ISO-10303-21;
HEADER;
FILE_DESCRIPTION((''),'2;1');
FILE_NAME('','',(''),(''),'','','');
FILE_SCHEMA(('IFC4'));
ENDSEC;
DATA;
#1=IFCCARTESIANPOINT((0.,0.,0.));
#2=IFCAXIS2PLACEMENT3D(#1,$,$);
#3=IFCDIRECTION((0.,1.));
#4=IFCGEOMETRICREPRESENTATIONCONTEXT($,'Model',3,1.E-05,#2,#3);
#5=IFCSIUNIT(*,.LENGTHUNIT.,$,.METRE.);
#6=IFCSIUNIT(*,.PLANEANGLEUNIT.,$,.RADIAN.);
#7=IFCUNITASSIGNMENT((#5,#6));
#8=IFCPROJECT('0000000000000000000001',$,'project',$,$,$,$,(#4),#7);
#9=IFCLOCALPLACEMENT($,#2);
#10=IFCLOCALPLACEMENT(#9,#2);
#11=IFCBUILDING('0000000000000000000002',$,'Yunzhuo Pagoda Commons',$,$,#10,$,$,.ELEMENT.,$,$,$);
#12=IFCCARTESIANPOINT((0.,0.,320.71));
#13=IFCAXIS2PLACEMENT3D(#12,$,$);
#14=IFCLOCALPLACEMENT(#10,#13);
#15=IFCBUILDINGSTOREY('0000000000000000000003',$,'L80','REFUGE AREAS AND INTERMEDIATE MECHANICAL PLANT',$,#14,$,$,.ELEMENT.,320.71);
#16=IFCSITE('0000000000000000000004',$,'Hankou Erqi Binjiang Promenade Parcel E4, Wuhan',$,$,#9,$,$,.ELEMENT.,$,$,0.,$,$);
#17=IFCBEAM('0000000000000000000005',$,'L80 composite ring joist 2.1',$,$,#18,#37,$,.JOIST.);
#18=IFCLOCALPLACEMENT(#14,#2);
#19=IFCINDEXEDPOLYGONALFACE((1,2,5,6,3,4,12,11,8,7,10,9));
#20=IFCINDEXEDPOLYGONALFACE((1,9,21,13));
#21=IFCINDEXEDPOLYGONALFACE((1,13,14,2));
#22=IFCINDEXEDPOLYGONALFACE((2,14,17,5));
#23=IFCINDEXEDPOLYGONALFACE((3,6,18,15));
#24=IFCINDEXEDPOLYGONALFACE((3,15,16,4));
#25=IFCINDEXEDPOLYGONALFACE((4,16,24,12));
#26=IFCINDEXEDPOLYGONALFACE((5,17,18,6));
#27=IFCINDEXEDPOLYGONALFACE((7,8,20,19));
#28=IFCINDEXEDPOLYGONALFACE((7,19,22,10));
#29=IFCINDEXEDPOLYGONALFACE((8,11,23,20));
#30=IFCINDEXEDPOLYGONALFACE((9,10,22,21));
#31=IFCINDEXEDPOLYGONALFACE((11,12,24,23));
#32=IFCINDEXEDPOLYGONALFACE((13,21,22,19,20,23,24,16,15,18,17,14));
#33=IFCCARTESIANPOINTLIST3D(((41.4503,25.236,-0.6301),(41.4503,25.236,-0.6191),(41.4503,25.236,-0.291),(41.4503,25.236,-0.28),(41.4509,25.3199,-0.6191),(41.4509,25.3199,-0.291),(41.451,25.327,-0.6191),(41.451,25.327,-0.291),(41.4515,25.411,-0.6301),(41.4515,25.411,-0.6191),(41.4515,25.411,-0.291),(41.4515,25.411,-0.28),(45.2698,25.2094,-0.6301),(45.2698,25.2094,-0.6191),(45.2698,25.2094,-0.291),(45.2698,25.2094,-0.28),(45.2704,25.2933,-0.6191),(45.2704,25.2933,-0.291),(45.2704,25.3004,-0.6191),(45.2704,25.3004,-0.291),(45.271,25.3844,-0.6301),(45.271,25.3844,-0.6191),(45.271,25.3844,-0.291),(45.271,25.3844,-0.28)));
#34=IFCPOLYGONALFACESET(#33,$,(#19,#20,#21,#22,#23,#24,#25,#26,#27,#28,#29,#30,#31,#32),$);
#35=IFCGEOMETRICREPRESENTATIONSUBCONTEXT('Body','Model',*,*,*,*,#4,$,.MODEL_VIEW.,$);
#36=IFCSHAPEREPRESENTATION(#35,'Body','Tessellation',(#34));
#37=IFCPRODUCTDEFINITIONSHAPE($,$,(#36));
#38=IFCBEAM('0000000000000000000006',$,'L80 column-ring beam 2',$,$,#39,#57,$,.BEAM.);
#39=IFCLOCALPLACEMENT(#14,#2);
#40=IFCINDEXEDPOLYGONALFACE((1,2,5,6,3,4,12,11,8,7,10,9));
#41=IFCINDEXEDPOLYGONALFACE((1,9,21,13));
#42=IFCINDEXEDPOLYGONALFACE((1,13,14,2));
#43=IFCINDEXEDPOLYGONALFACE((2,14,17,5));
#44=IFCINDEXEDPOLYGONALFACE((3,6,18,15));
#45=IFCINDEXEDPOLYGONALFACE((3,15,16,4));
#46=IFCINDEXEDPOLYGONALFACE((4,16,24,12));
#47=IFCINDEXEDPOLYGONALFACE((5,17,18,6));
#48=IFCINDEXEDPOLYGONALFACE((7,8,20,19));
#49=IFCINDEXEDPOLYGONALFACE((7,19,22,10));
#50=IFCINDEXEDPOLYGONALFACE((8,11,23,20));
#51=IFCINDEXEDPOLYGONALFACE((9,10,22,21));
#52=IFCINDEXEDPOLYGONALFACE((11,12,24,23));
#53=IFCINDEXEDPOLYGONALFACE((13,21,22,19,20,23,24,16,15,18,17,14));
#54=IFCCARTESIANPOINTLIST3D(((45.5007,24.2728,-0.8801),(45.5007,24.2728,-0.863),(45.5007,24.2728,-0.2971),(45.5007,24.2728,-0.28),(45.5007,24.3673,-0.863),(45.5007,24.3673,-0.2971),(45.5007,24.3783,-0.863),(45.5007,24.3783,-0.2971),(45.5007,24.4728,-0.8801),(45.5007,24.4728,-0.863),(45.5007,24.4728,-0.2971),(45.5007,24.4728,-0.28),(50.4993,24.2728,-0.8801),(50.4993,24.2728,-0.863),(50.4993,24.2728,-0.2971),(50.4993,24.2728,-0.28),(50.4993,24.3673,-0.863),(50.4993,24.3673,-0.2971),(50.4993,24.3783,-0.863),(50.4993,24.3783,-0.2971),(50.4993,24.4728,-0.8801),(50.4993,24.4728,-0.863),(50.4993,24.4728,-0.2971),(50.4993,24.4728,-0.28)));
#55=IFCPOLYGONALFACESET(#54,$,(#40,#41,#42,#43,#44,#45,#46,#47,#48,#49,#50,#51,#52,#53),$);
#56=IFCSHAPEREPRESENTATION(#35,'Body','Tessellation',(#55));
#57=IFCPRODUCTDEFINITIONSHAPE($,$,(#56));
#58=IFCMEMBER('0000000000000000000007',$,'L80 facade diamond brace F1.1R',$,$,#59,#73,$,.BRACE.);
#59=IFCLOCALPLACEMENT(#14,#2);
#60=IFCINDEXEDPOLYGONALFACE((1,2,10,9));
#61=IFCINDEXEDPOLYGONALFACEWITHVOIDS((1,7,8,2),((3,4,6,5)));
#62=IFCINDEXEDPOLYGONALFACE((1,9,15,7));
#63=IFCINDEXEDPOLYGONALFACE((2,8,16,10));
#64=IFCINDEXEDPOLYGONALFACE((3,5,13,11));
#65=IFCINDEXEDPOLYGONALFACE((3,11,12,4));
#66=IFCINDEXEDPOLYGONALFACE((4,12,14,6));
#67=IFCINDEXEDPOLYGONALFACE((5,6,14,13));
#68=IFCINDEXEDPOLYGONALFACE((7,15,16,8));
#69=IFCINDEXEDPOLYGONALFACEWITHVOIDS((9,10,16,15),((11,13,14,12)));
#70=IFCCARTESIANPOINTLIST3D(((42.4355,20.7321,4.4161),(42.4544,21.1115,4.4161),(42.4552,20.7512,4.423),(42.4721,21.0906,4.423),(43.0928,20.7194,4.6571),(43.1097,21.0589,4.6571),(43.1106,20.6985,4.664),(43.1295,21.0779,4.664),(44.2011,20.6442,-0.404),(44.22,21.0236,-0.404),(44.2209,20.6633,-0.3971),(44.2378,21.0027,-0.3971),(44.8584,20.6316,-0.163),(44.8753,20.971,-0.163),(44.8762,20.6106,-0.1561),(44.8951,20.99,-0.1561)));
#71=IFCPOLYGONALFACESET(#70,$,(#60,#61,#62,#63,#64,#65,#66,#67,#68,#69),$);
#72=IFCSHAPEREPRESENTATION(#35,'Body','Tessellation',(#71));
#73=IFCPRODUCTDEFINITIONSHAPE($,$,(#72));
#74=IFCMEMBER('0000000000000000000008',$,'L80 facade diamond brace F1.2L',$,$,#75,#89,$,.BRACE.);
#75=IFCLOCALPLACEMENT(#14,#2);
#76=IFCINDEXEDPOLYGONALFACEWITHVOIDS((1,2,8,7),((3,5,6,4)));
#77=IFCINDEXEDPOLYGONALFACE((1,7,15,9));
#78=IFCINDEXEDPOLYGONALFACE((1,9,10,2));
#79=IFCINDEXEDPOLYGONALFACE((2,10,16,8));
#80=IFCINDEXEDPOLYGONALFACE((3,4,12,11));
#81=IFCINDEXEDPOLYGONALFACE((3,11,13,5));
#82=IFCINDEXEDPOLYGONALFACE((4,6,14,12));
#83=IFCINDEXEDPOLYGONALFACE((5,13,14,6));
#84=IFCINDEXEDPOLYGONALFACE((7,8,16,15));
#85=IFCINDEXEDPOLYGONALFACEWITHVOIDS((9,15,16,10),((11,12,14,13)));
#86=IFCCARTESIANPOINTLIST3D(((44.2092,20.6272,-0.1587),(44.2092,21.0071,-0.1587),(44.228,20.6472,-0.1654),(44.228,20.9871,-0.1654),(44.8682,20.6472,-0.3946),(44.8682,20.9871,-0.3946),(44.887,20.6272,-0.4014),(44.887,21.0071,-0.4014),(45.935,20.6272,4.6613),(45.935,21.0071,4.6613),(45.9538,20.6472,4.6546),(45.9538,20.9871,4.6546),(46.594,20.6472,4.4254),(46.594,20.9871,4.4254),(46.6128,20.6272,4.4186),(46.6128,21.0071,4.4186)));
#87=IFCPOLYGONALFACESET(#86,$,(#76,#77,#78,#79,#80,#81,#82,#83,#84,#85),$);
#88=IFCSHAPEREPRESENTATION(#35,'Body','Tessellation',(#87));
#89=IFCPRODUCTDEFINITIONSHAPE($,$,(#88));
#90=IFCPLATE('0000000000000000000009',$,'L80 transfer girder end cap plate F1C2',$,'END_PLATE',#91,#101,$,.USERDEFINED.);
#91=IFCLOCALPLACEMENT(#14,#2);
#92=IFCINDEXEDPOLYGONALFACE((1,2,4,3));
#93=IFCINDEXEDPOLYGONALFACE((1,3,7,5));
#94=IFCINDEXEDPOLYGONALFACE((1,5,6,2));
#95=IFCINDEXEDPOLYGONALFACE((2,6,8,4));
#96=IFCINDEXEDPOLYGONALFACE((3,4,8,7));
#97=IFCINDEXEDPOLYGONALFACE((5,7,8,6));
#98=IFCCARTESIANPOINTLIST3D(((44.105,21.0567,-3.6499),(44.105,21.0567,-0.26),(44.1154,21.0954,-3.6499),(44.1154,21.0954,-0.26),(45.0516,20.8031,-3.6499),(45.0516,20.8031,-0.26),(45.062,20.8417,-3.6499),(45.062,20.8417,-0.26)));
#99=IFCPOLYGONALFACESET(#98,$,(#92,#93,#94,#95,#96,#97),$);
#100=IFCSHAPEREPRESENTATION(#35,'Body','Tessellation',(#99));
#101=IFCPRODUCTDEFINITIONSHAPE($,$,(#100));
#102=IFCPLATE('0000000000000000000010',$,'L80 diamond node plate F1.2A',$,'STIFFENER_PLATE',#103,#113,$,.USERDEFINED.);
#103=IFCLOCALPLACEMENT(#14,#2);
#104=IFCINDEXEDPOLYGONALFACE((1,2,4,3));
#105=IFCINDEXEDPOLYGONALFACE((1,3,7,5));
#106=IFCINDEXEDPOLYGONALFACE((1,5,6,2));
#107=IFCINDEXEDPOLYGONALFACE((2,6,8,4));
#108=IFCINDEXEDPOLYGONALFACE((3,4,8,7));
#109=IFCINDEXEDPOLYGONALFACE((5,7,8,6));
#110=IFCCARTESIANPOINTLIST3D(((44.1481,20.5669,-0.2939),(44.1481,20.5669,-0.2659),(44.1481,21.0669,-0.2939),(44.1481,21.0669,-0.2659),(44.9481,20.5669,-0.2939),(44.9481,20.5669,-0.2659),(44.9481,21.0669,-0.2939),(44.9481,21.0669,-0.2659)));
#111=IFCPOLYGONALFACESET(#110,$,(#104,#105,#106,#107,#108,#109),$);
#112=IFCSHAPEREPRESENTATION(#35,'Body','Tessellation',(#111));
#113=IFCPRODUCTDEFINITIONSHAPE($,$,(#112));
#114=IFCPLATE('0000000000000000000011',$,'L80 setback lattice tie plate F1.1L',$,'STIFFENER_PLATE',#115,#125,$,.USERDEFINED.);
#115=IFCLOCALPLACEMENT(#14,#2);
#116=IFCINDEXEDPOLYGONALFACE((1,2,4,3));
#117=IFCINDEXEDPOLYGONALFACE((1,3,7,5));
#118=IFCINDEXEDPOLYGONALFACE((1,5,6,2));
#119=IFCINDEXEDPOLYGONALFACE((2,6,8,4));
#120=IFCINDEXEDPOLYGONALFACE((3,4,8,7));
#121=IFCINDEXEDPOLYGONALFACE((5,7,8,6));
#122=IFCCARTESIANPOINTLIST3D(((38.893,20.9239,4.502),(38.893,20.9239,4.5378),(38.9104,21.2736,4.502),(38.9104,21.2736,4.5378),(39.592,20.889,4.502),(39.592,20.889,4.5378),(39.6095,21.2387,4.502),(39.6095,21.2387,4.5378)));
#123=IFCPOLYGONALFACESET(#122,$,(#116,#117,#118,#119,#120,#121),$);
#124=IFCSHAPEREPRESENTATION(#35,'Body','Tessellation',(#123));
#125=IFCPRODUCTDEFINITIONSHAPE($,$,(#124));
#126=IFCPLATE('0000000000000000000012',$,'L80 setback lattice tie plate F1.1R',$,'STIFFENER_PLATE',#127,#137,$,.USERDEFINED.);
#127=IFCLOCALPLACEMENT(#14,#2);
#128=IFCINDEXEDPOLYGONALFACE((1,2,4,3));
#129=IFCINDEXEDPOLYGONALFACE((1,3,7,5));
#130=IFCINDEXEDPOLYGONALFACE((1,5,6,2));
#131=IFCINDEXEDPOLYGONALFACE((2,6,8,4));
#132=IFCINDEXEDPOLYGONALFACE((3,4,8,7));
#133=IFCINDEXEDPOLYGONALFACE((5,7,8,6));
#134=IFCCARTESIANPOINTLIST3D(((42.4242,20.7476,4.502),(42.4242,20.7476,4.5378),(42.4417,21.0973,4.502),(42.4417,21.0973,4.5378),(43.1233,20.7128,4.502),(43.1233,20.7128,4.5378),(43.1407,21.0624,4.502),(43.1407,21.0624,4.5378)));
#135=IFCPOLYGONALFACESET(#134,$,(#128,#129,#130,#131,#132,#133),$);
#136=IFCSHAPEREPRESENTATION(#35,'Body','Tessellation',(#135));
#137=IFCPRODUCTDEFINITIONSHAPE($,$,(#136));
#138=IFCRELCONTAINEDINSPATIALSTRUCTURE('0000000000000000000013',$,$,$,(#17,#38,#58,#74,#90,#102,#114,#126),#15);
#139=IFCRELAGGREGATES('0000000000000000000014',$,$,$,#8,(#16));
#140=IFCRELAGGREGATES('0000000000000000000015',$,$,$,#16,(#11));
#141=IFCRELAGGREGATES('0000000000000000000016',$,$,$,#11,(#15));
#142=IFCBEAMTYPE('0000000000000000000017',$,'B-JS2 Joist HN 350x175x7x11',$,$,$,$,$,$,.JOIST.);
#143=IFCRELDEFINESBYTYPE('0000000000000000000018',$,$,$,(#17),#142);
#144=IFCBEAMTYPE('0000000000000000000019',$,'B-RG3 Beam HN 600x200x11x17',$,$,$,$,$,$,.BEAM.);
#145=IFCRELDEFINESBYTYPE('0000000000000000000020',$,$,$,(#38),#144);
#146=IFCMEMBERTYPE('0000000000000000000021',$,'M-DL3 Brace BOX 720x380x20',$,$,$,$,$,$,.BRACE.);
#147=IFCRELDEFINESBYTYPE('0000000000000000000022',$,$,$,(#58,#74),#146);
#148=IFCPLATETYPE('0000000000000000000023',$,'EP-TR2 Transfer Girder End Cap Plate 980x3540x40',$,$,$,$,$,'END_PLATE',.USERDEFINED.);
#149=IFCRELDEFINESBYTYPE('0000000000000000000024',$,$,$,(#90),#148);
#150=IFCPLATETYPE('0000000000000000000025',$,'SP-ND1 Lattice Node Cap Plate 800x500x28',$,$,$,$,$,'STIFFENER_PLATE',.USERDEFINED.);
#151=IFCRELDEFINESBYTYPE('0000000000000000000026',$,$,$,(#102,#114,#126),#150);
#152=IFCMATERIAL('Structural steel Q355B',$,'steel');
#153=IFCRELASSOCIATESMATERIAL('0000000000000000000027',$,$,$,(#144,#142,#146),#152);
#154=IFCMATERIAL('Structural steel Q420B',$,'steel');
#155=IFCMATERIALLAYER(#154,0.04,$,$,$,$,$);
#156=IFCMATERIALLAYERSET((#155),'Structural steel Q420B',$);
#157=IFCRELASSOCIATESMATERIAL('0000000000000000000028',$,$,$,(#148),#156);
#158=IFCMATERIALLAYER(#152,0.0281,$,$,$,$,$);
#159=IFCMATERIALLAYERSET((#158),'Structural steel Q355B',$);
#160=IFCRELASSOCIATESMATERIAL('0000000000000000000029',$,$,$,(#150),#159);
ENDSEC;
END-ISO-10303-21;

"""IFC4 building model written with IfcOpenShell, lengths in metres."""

from ifc_helpers import new_model, si_unit, direction, frame, origin, origin_2d, place, context, subcontext, project, spatial, rectangle, hollow_rectangle, i_section, extrude, source, transform, mapped, material, layer, layer_set, material_profile, profile_set, type_object, element, save


model = new_model("IFC4")

# Units and contexts
model_context = context("Model", 3, precision=1e-05, world=origin(), true_north=direction((0.0, 1.0)))
body_context = subcontext(model_context, "Body", "Model", "MODEL_VIEW")
ifc_project = project(units=[si_unit("LENGTHUNIT", "METRE"), si_unit("PLANEANGLEUNIT", "RADIAN")], contexts=[model_context])

# Site, building, storey
site_placement = place(None, origin())
site = spatial("IfcSite", under=ifc_project, at=site_placement, Name="Hankou Erqi Binjiang Promenade Parcel E4, Wuhan", CompositionType="ELEMENT", RefElevation=0.0)
building_placement = place(site_placement, origin())
building = spatial("IfcBuilding", under=site, at=building_placement, Name="Yunzhuo Pagoda Commons", CompositionType="ELEMENT")
storey_placement = place(building_placement, frame((0.0, 0.0, 320.71)))
storey = spatial("IfcBuildingStorey", under=building, at=storey_placement, Name="L80", Description="REFUGE AREAS AND INTERMEDIATE MECHANICAL PLANT", CompositionType="ELEMENT", Elevation=320.71)

# Shared definitions
ifc_material_1 = material(Name="Structural steel Q420B", Category="steel")
ifc_material_2 = material(Name="Structural steel Q355B", Category="steel")

# Beams
ifc_material_profile_1 = material_profile(ifc_material_2, i_section(OverallWidth=0.2, OverallDepth=0.6001, WebThickness=0.011, FlangeThickness=0.0171, at=origin_2d()), Name="Structural steel Q355B")
ifc_profile_set_1 = profile_set([ifc_material_profile_1], Name="Structural steel Q355B")
beam_type_1 = type_object("IfcBeamType", Name="B-RG3 Beam HN 600x200x11x17", PredefinedType="BEAM", material=ifc_profile_set_1)
ifc_material_profile_2 = material_profile(ifc_material_2, i_section(OverallWidth=0.175, OverallDepth=0.3501, WebThickness=0.0071, FlangeThickness=0.011, at=origin_2d()), Name="Structural steel Q355B")
ifc_profile_set_2 = profile_set([ifc_material_profile_2], Name="Structural steel Q355B")
beam_type_2 = type_object("IfcBeamType", Name="B-JS2 Joist HN 350x175x7x11", PredefinedType="JOIST", material=ifc_profile_set_2)
shared_shape_1 = source(origin(), body_context, "Body", "SweptSolid", [
    extrude(i_section(OverallWidth=0.175, OverallDepth=0.3501, WebThickness=0.0071, FlangeThickness=0.011, at=origin_2d()), origin(), (0.0, 0.0, 1.0), 3.8196),
])
beam_1_placement = place(storey_placement, frame((41.4509, 25.3235, -0.4551), z_axis=(0.999976, -0.006967, 0.0), x_axis=(0.006967, 0.999976, 0.0)))
element("IfcBeam", 1, at=beam_1_placement, inside=storey, type_object=beam_type_2, Name="L80 composite ring joist 2.1", PredefinedType="JOIST", context=body_context, shape_type="MappedRepresentation", body=[
    mapped(shared_shape_1, transform((0.0, 0.0, 0.0), scale=1.0)),
])
shared_shape_2 = source(origin(), body_context, "Body", "SweptSolid", [
    extrude(i_section(OverallWidth=0.2, OverallDepth=0.6001, WebThickness=0.011, FlangeThickness=0.0171, at=origin_2d()), origin(), (0.0, 0.0, 1.0), 4.9985),
])
beam_2_placement = place(storey_placement, frame((45.5007, 24.3728, -0.5801), z_axis=(1.0, 0.0, 0.0), x_axis=(0.0, 1.0, 0.0)))
element("IfcBeam", 2, at=beam_2_placement, inside=storey, type_object=beam_type_1, Name="L80 column-ring beam 2", PredefinedType="BEAM", context=body_context, shape_type="MappedRepresentation", body=[
    mapped(shared_shape_2, transform((0.0, 0.0, 0.0), scale=1.0)),
])

# Members
ifc_material_profile_3 = material_profile(ifc_material_2, hollow_rectangle(XDim=0.3799, YDim=0.72, WallThickness=0.02, at=origin_2d()), Name="Structural steel Q355B")
ifc_profile_set_3 = profile_set([ifc_material_profile_3], Name="Structural steel Q355B")
member_type = type_object("IfcMemberType", Name="M-DL3 Brace BOX 720x380x20", PredefinedType="BRACE", material=ifc_profile_set_3)
shared_shape_3 = source(origin(), body_context, "Body", "SweptSolid", [
    extrude(hollow_rectangle(XDim=0.3799, YDim=0.72, WallThickness=0.02, at=origin_2d()), origin(), (0.0, 0.0, 1.0), 5.134),
])
member_1_placement = place(storey_placement, frame((44.5481, 20.8171, -0.28), z_axis=(-0.343907, 0.017119, 0.938848), x_axis=(-0.049717, -0.998763, 0.0)))
element("IfcMember", 3, at=member_1_placement, inside=storey, type_object=member_type, Name="L80 facade diamond brace F1.1R", PredefinedType="BRACE", context=body_context, shape_type="MappedRepresentation", body=[
    mapped(shared_shape_3, transform((0.0, 0.0, 0.0), scale=1.0)),
])
shared_shape_4 = source(origin(), body_context, "Body", "SweptSolid", [
    extrude(hollow_rectangle(XDim=0.3799, YDim=0.72, WallThickness=0.02, at=origin_2d()), origin(), (0.0, 0.0, 1.0), 5.1196),
])
member_2_placement = place(storey_placement, frame((44.5481, 20.8171, -0.28), z_axis=(0.337095, 0.0, 0.941471), x_axis=(0.0, 1.0, 0.0)))
element("IfcMember", 4, at=member_2_placement, inside=storey, type_object=member_type, Name="L80 facade diamond brace F1.2L", PredefinedType="BRACE", context=body_context, shape_type="MappedRepresentation", body=[
    mapped(shared_shape_4, transform((0.0, 0.0, 0.0), scale=1.0)),
])

# Plates
ifc_layer_1 = layer(ifc_material_1, 0.04)
ifc_layer_set_1 = layer_set([ifc_layer_1], Name="Structural steel Q420B")
plate_type_1 = type_object("IfcPlateType", Name="EP-TR2 Transfer Girder End Cap Plate 980x3540x40", ElementType="END_PLATE", PredefinedType="USERDEFINED", material=ifc_layer_set_1)
shared_shape_5 = source(origin(), body_context, "Body", "SweptSolid", [
    extrude(rectangle(XDim=0.98, YDim=0.04, at=origin_2d()), origin(), (0.0, 0.0, 1.0), 3.3899),
])
plate_1_placement = place(storey_placement, frame((44.5835, 20.9492, -3.6499), z_axis=(0.0, 0.0, 1.0), x_axis=(0.965926, -0.258819, 0.0)))
element("IfcPlate", 5, at=plate_1_placement, inside=storey, type_object=plate_type_1, Name="L80 transfer girder end cap plate F1C2", ObjectType="END_PLATE", PredefinedType="USERDEFINED", context=body_context, shape_type="MappedRepresentation", body=[
    mapped(shared_shape_5, transform((0.0, 0.0, 0.0), scale=1.0)),
])
ifc_layer_2 = layer(ifc_material_2, 0.0281)
ifc_layer_set_2 = layer_set([ifc_layer_2], Name="Structural steel Q355B")
plate_type_2 = type_object("IfcPlateType", Name="SP-ND1 Lattice Node Cap Plate 800x500x28", ElementType="STIFFENER_PLATE", PredefinedType="USERDEFINED", material=ifc_layer_set_2)
shared_shape_6 = source(origin(), body_context, "Body", "SweptSolid", [
    extrude(rectangle(XDim=0.8, YDim=0.5, at=origin_2d()), origin(), (0.0, 0.0, 1.0), 0.0281),
])
plate_2_placement = place(storey_placement, frame((44.5481, 20.8169, -0.2939), z_axis=(0.0, 0.0, 1.0), x_axis=(1.0, 0.0, 0.0)))
element("IfcPlate", 6, at=plate_2_placement, inside=storey, type_object=plate_type_2, Name="L80 diamond node plate F1.2A", ObjectType="STIFFENER_PLATE", PredefinedType="USERDEFINED", context=body_context, shape_type="MappedRepresentation", body=[
    mapped(shared_shape_6, transform((0.0, 0.0, 0.0), scale=1.0)),
])
shared_shape_7 = source(origin(), body_context, "Body", "SweptSolid", [
    extrude(rectangle(XDim=0.7, YDim=0.3501, at=origin_2d()), origin(), (0.0, 0.0, 1.0), 0.0359),
])
for number, where, z_axis, x_axis, name in (
    (7, (39.2512, 21.0813, 4.502), (0.0, 0.0, 1.0), (0.998757, -0.049843, 0.0), "L80 setback lattice tie plate F1.1L"),
    (8, (42.7825, 20.905, 4.502), (0.0, 0.0, 1.0), (0.998757, -0.049843, 0.0), "L80 setback lattice tie plate F1.1R"),
):
    element("IfcPlate", number, at=place(storey_placement, frame(where, z_axis=z_axis, x_axis=x_axis)), inside=storey, type_object=plate_type_2, Name=name, ObjectType="STIFFENER_PLATE", PredefinedType="USERDEFINED", context=body_context, shape_type="MappedRepresentation", body=[
        mapped(shared_shape_7, transform((0.0, 0.0, 0.0), scale=1.0)),
    ])

save(model, "model.ifc")
